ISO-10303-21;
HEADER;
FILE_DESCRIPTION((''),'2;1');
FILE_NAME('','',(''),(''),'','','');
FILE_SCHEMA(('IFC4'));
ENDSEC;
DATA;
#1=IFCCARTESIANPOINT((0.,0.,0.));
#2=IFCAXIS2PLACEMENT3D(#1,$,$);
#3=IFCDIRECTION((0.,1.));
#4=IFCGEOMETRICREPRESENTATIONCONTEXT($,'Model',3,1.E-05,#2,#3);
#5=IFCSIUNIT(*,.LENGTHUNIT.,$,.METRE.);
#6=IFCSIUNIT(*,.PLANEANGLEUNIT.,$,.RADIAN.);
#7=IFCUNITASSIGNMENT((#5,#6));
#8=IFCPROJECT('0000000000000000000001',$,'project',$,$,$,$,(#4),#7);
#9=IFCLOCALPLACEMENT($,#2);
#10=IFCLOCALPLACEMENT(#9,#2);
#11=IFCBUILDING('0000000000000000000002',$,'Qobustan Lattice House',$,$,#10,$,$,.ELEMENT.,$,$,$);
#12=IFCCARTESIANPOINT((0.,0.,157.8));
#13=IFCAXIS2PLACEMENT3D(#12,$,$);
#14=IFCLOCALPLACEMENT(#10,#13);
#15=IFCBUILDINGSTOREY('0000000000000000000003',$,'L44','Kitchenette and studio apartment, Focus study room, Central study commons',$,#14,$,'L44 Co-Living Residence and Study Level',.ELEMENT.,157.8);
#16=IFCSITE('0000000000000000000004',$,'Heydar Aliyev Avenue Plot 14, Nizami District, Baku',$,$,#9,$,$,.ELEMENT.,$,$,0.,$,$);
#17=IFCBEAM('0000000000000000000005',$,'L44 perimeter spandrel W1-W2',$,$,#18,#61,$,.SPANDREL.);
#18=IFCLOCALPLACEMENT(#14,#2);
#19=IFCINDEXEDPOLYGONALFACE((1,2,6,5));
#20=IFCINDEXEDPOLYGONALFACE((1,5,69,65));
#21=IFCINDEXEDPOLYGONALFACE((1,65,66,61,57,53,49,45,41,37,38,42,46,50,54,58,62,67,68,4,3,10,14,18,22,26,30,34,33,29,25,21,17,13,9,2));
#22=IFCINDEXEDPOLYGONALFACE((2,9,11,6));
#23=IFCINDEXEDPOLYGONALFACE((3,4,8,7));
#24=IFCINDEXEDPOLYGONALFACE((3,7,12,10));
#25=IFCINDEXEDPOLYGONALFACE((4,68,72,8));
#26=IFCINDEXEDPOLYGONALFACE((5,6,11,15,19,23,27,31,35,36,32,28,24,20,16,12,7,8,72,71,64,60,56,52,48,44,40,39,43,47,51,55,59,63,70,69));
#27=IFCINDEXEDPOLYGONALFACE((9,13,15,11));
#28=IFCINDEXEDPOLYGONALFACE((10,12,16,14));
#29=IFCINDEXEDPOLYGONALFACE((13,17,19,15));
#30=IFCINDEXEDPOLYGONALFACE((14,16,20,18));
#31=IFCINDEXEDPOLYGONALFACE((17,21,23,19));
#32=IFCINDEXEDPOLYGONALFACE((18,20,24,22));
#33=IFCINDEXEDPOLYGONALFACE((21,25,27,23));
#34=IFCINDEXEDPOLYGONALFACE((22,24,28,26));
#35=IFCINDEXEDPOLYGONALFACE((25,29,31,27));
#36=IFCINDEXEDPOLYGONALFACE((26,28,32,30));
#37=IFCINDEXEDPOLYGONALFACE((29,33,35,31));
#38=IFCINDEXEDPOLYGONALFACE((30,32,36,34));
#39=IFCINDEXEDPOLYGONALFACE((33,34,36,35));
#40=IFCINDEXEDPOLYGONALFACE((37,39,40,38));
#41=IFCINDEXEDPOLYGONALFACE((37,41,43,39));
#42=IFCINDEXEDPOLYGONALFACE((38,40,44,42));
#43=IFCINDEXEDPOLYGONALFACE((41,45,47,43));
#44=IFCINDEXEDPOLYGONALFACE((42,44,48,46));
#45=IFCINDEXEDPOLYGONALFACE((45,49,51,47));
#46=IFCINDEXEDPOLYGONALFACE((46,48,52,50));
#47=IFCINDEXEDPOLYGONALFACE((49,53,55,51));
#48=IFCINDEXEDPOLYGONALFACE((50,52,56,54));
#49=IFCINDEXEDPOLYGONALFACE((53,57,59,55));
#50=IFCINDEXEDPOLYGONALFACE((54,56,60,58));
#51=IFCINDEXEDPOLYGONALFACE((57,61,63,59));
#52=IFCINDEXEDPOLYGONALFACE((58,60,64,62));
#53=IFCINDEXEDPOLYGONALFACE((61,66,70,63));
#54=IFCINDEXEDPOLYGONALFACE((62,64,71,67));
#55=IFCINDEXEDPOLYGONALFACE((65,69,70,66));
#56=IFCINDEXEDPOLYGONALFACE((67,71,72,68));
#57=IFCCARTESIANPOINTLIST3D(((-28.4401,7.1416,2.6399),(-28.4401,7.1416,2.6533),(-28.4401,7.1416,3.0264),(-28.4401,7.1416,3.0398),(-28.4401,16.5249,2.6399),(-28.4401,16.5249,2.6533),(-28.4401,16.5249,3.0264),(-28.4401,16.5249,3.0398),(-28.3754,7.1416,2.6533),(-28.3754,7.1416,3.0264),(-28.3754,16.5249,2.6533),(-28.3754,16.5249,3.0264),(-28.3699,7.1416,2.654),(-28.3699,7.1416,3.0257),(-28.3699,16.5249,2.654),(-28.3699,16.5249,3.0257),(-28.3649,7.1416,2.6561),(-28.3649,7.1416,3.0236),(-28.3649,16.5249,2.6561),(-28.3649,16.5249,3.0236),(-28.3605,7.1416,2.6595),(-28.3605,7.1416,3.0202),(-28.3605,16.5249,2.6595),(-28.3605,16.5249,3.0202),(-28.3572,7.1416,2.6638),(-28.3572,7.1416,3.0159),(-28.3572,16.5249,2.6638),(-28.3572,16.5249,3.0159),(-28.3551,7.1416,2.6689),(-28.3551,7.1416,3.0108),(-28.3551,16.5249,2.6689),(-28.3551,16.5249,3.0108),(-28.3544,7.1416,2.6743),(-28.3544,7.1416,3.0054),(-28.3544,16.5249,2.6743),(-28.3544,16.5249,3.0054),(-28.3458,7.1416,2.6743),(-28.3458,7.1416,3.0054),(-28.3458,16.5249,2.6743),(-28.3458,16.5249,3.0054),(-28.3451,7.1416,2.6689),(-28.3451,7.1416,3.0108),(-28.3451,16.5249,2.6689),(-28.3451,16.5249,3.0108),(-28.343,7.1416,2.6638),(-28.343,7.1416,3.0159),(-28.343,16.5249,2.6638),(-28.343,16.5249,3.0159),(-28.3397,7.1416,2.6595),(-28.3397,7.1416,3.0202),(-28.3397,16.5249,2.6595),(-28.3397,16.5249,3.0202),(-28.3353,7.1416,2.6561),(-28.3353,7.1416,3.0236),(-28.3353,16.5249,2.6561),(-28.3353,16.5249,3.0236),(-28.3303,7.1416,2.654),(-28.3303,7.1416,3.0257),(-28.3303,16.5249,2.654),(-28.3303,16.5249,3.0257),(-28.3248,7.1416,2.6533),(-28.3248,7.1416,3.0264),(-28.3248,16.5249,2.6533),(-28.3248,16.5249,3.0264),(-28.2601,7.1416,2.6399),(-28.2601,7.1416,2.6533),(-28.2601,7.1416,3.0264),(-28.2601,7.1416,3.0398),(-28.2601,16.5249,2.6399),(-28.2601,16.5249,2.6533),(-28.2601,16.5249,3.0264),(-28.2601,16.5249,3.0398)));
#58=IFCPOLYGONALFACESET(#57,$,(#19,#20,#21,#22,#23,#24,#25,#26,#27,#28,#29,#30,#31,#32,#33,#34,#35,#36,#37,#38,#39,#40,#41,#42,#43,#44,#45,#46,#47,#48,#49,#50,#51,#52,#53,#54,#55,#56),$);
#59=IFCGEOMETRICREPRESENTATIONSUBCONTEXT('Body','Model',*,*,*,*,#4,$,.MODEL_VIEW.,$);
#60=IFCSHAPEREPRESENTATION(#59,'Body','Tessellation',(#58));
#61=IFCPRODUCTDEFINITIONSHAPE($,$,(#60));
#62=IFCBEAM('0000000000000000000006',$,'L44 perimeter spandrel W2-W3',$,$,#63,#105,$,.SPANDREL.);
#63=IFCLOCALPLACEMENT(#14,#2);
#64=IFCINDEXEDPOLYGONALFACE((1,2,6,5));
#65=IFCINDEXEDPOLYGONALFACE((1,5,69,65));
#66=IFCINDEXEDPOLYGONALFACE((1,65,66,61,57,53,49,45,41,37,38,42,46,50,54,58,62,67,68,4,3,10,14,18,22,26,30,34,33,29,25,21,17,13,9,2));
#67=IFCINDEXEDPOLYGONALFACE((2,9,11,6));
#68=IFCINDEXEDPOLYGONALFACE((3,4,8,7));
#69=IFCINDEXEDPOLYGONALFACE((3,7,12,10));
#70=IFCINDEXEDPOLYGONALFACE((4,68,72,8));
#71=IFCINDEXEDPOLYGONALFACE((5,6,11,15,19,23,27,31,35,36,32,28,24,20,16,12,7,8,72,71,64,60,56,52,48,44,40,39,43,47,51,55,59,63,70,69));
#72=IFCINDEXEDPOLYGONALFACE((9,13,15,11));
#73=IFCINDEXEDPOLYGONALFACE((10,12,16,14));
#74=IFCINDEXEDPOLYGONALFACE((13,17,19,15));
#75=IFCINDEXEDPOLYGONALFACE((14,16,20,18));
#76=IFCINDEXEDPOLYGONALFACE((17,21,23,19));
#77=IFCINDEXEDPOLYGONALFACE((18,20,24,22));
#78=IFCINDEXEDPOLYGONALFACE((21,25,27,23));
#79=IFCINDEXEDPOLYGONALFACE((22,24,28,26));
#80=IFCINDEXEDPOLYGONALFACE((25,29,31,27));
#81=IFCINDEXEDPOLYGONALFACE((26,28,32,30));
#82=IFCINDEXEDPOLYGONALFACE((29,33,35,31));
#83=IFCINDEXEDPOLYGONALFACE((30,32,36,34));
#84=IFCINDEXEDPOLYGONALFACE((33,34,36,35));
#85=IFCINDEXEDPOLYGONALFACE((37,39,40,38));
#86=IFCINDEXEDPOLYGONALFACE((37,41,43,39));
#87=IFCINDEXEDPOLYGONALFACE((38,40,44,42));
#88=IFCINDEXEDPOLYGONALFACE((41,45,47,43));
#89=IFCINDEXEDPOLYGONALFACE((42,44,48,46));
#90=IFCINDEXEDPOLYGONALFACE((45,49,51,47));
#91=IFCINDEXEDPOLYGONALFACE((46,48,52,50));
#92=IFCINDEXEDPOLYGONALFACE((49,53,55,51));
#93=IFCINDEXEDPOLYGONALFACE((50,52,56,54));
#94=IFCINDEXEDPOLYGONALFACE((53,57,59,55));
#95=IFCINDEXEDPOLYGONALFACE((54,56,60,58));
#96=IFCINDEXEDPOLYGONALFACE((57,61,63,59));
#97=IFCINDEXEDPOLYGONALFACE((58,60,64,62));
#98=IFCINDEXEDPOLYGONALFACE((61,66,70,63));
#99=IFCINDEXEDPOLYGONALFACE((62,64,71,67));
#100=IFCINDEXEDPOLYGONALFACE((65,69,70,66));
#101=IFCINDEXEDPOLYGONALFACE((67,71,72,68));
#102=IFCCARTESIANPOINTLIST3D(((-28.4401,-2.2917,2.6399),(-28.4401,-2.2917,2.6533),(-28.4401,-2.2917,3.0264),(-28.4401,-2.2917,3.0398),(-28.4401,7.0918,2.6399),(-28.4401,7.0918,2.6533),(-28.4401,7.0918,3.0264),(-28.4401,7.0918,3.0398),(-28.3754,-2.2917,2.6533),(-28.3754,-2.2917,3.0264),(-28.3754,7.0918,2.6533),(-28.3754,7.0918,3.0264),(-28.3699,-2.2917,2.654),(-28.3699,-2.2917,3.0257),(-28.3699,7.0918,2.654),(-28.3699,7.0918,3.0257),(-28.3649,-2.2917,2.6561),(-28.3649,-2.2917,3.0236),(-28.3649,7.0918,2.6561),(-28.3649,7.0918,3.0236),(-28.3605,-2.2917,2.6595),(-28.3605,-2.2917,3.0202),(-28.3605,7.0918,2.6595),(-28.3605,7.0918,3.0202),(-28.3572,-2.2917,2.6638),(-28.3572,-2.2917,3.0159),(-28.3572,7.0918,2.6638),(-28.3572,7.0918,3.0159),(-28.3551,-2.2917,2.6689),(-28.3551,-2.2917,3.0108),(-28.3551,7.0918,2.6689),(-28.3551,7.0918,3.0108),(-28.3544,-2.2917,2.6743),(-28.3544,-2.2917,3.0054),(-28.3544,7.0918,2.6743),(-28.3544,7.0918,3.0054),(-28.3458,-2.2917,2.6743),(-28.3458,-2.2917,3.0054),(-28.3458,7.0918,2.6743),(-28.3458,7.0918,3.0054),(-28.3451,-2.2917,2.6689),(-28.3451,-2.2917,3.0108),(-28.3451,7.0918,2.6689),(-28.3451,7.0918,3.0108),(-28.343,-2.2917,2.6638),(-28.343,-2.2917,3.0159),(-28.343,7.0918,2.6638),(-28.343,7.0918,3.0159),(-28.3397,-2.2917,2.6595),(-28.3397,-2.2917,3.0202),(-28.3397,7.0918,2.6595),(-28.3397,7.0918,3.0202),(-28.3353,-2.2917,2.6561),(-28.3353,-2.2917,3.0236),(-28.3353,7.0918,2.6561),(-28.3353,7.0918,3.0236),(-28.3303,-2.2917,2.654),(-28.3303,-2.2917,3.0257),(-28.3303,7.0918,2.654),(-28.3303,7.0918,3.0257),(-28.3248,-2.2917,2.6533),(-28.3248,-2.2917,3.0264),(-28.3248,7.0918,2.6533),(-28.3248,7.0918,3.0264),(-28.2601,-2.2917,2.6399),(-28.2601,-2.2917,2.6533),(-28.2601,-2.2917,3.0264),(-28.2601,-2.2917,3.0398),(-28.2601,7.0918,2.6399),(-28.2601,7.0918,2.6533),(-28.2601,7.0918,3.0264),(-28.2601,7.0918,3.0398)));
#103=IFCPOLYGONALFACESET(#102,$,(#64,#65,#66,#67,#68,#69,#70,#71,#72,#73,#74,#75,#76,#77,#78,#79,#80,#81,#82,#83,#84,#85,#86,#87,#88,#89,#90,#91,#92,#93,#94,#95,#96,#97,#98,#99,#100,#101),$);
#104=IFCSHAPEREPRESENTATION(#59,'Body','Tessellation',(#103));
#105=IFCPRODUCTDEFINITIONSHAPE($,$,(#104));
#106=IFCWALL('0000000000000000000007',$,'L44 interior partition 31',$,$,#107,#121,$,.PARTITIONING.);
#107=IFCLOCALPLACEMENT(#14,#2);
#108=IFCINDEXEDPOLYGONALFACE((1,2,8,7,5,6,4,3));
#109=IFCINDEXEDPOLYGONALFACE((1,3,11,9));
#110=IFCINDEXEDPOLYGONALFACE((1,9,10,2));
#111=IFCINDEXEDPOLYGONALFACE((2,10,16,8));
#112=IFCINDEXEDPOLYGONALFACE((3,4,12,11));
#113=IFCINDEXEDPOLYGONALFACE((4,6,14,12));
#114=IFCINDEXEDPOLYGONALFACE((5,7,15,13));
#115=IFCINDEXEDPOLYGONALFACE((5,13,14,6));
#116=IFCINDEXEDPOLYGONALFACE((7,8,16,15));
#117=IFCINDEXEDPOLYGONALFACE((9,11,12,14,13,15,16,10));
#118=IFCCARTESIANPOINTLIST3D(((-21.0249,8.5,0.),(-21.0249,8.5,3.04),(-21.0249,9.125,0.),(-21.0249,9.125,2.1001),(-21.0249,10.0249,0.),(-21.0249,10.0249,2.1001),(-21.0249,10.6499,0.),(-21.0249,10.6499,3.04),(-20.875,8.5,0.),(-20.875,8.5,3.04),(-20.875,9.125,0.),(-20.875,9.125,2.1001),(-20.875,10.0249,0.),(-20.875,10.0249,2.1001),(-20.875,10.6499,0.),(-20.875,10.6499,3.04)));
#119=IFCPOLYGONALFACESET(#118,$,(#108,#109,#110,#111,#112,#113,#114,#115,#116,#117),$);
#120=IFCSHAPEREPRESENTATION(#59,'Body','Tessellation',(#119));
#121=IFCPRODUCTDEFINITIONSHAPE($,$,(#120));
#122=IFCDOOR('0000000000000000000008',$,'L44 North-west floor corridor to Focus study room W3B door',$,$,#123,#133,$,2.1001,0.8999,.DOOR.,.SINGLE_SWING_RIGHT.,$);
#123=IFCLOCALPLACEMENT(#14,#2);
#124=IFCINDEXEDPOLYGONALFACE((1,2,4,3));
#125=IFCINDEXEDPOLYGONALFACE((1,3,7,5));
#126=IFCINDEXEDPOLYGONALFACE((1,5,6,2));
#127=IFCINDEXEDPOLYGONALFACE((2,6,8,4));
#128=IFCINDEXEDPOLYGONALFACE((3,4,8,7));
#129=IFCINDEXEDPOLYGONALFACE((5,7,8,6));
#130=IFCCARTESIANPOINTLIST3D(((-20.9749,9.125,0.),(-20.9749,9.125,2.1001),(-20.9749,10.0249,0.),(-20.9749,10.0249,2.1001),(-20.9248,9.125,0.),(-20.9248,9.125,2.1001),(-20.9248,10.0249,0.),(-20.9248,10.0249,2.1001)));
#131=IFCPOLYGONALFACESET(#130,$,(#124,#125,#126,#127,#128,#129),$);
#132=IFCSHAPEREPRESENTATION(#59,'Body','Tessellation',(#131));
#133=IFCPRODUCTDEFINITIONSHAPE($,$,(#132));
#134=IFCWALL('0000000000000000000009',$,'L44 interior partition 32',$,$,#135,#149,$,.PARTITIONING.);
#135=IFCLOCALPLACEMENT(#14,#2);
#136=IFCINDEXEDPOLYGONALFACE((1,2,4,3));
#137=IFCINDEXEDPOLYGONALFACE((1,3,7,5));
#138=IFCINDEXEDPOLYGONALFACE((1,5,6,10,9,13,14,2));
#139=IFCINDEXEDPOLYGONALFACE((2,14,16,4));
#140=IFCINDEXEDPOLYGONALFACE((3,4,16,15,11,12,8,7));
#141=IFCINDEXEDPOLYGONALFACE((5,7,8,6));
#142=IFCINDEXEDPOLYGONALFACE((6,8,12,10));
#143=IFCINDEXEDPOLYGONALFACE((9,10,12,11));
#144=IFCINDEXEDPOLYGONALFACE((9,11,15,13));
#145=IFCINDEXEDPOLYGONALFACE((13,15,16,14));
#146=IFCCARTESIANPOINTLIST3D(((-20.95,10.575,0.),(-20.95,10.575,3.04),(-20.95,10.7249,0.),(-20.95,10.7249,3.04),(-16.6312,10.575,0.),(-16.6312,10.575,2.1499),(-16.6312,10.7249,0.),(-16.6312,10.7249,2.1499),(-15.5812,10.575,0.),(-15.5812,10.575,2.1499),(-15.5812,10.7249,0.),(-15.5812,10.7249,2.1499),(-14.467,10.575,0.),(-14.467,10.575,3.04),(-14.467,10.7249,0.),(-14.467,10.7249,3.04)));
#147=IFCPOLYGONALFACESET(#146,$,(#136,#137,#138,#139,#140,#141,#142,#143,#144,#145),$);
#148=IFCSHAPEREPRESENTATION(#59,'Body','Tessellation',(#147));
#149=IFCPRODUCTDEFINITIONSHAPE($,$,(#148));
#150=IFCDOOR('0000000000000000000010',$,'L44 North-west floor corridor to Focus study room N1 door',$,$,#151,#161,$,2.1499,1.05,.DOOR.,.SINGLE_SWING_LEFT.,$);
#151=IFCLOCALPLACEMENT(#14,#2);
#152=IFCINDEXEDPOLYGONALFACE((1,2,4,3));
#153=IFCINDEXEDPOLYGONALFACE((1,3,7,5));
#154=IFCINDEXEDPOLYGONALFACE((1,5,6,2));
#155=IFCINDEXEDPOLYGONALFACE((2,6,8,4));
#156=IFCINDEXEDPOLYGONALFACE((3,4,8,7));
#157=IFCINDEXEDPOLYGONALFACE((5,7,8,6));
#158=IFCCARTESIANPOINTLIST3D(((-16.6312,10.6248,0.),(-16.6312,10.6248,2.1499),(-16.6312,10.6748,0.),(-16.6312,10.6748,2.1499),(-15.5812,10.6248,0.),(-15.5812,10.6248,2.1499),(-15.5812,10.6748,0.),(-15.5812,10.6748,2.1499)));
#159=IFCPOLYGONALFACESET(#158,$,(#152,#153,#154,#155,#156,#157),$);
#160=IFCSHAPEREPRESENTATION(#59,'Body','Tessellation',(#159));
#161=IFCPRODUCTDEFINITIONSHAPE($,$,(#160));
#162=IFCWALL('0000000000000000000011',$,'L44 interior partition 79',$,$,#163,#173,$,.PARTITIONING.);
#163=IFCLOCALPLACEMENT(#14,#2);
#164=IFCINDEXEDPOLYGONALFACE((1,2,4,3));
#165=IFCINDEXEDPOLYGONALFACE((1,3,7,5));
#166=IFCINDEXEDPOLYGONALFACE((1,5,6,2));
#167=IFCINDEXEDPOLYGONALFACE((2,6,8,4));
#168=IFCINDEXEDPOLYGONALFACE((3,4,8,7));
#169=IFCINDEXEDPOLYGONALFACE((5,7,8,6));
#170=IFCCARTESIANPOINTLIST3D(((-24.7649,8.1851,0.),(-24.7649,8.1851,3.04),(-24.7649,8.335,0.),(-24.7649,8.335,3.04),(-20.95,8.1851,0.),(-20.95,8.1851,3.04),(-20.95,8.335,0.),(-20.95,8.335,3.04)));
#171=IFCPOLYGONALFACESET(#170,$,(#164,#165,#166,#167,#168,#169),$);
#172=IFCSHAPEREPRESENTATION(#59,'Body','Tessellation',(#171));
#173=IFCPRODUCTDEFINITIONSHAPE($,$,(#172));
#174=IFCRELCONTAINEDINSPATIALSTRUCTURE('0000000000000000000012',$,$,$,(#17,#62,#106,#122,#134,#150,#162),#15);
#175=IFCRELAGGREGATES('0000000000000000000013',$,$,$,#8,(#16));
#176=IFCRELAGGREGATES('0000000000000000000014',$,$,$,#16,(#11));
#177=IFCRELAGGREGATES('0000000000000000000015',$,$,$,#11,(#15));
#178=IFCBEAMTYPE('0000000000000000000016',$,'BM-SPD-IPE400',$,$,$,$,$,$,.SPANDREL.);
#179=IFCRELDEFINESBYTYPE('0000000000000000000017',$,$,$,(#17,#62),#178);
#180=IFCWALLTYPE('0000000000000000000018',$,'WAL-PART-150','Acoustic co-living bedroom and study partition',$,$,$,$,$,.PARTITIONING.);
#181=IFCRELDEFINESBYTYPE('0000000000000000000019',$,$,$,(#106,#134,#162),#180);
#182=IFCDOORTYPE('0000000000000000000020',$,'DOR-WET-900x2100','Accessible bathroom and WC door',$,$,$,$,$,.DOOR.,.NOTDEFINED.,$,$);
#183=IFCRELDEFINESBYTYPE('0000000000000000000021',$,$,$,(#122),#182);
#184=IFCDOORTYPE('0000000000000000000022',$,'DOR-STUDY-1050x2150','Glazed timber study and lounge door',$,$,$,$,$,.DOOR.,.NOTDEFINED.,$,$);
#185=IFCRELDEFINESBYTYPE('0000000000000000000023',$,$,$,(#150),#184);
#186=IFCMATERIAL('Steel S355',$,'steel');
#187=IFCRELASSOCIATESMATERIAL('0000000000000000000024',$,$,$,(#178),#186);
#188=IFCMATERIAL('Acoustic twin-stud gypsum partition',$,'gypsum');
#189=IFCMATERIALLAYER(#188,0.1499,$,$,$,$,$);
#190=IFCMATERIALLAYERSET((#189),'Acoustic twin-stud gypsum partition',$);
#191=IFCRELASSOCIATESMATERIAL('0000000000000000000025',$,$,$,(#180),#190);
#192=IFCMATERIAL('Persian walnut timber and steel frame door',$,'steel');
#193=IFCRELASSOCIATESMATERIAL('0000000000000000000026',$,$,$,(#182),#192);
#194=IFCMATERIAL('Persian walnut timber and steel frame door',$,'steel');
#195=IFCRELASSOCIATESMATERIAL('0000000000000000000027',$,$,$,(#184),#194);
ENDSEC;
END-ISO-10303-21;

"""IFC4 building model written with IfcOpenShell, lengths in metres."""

from ifc_helpers import new_model, si_unit, direction, frame, frame_2d, origin, origin_2d, place, context, subcontext, project, spatial, rectangle, i_section, extrude, material, layer, layer_set, material_profile, profile_set, type_object, element, fill, save


model = new_model("IFC4")

# Units and contexts
model_context = context("Model", 3, precision=1e-05, world=origin(), true_north=direction((0.0, 1.0)))
body_context = subcontext(model_context, "Body", "Model", "MODEL_VIEW")
ifc_project = project(units=[si_unit("LENGTHUNIT", "METRE"), si_unit("PLANEANGLEUNIT", "RADIAN")], contexts=[model_context])

# Site, building, storey
site_placement = place(None, origin())
site = spatial("IfcSite", under=ifc_project, at=site_placement, Name="Heydar Aliyev Avenue Plot 14, Nizami District, Baku", CompositionType="ELEMENT", RefElevation=0.0)
building_placement = place(site_placement, origin())
building = spatial("IfcBuilding", under=site, at=building_placement, Name="Qobustan Lattice House", CompositionType="ELEMENT")
storey_placement = place(building_placement, frame((0.0, 0.0, 157.8)))
storey = spatial("IfcBuildingStorey", under=building, at=storey_placement, Name="L44", Description="Kitchenette and studio apartment, Focus study room, Central study commons", LongName="L44 Co-Living Residence and Study Level", CompositionType="ELEMENT", Elevation=157.8)

# Beams
ifc_material_1 = material(Name="Steel S355", Category="steel")
ifc_material_profile_1 = material_profile(ifc_material_1, i_section(OverallWidth=0.1799, OverallDepth=0.3999, WebThickness=0.0085, FlangeThickness=0.0134, FilletRadius=0.021, at=origin_2d()), Name="IPE400")
ifc_profile_set_1 = profile_set([ifc_material_profile_1], Name="Steel S355")
beam_type_1 = type_object("IfcBeamType", Name="BM-SPD-IPE400", PredefinedType="SPANDREL", material=ifc_profile_set_1)
beam_1_placement = place(storey_placement, frame((-28.3501, 16.5249, 2.8398), z_axis=(0.0, -1.0, 0.0), x_axis=(1.0, 0.0, 0.0)))
element("IfcBeam", 1, at=beam_1_placement, inside=storey, type_object=beam_type_1, Name="L44 perimeter spandrel W1-W2", PredefinedType="SPANDREL", context=body_context, shape_type="SweptSolid", body=[
    extrude(i_section(OverallWidth=0.1799, OverallDepth=0.3999, WebThickness=0.0085, FlangeThickness=0.0134, FilletRadius=0.021, at=origin_2d()), origin(), (0.0, 0.0, 1.0), 9.3833),
])
beam_2_placement = place(storey_placement, frame((-28.3501, 7.0918, 2.8398), z_axis=(0.0, -1.0, 0.0), x_axis=(1.0, 0.0, 0.0)))
element("IfcBeam", 2, at=beam_2_placement, inside=storey, type_object=beam_type_1, Name="L44 perimeter spandrel W2-W3", PredefinedType="SPANDREL", context=body_context, shape_type="SweptSolid", body=[
    extrude(i_section(OverallWidth=0.1799, OverallDepth=0.3999, WebThickness=0.0085, FlangeThickness=0.0134, FilletRadius=0.021, at=origin_2d()), origin(), (0.0, 0.0, 1.0), 9.3835),
])

# Walls, openings, doors
ifc_material_2 = material(Name="Acoustic twin-stud gypsum partition", Category="gypsum")
ifc_layer_1 = layer(ifc_material_2, 0.1499)
ifc_layer_set_1 = layer_set([ifc_layer_1], Name="Acoustic twin-stud gypsum partition")
wall_type_1 = type_object("IfcWallType", Name="WAL-PART-150", Description="Acoustic co-living bedroom and study partition", PredefinedType="PARTITIONING", material=ifc_layer_set_1)
wall_1_placement = place(storey_placement, frame((-20.95, 8.5, 0.0), z_axis=(0.0, 0.0, 1.0), x_axis=(0.0, 1.0, 0.0)))
wall_1 = element("IfcWall", 3, at=wall_1_placement, inside=storey, type_object=wall_type_1, Name="L44 interior partition 31", PredefinedType="PARTITIONING", context=body_context, shape_type="SweptSolid", body=[
    extrude(rectangle(XDim=2.1499, YDim=0.1499, at=frame_2d((1.075, 0.0))), origin(), (0.0, 0.0, 1.0), 3.04),
])
opening_1_placement = place(wall_1_placement, frame((0.625, 0.0, 0.0)))
opening_1 = element("IfcOpeningElement", 4, at=opening_1_placement, cuts=wall_1, PredefinedType="OPENING", context=body_context, shape_type="SweptSolid", body=[
    extrude(rectangle(XDim=0.8999, YDim=2.1001, at=frame_2d((0.45, 1.05))), frame((0.0, 0.085, 0.0), z_axis=(0.0, -1.0, 0.0), x_axis=(1.0, 0.0, 0.0)), (0.0, 0.0, 1.0), 0.1699),
])
ifc_material_3 = material(Name="Persian walnut timber and steel frame door", Category="steel")
door_type_1 = type_object("IfcDoorType", Name="DOR-WET-900x2100", Description="Accessible bathroom and WC door", OperationType="NOTDEFINED", PredefinedType="DOOR", material=ifc_material_3)
door_1_placement = place(opening_1_placement, origin())
door_1 = element("IfcDoor", 5, at=door_1_placement, inside=storey, type_object=door_type_1, Name="L44 North-west floor corridor to Focus study room W3B door", OperationType="SINGLE_SWING_RIGHT", OverallHeight=2.1001, OverallWidth=0.8999, PredefinedType="DOOR", context=body_context, shape_type="SweptSolid", body=[
    extrude(rectangle(XDim=0.8999, YDim=2.1001, at=frame_2d((0.45, 1.05))), frame((0.0, 0.0249, 0.0), z_axis=(0.0, -1.0, 0.0), x_axis=(1.0, 0.0, 0.0)), (0.0, 0.0, 1.0), 0.05),
])
fill(opening_1, door_1)
wall_2_placement = place(storey_placement, frame((-20.95, 10.6499, 0.0), z_axis=(0.0, 0.0, 1.0), x_axis=(1.0, 0.0, 0.0)))
wall_2 = element("IfcWall", 6, at=wall_2_placement, inside=storey, type_object=wall_type_1, Name="L44 interior partition 32", PredefinedType="PARTITIONING", context=body_context, shape_type="SweptSolid", body=[
    extrude(rectangle(XDim=6.4829, YDim=0.1499, at=frame_2d((3.2415, 0.0))), origin(), (0.0, 0.0, 1.0), 3.04),
])
opening_2_placement = place(wall_2_placement, frame((4.3188, 0.0, 0.0)))
opening_2 = element("IfcOpeningElement", 7, at=opening_2_placement, cuts=wall_2, PredefinedType="OPENING", context=body_context, shape_type="SweptSolid", body=[
    extrude(rectangle(XDim=1.05, YDim=2.1499, at=frame_2d((0.5249, 1.075))), frame((0.0, 0.085, 0.0), z_axis=(0.0, -1.0, 0.0), x_axis=(1.0, 0.0, 0.0)), (0.0, 0.0, 1.0), 0.1699),
])
ifc_material_4 = material(Name="Persian walnut timber and steel frame door", Category="steel")
door_type_2 = type_object("IfcDoorType", Name="DOR-STUDY-1050x2150", Description="Glazed timber study and lounge door", OperationType="NOTDEFINED", PredefinedType="DOOR", material=ifc_material_4)
door_2_placement = place(opening_2_placement, origin())
door_2 = element("IfcDoor", 8, at=door_2_placement, inside=storey, type_object=door_type_2, Name="L44 North-west floor corridor to Focus study room N1 door", OperationType="SINGLE_SWING_LEFT", OverallHeight=2.1499, OverallWidth=1.05, PredefinedType="DOOR", context=body_context, shape_type="SweptSolid", body=[
    extrude(rectangle(XDim=1.05, YDim=2.1499, at=frame_2d((0.5249, 1.075))), frame((0.0, 0.0249, 0.0), z_axis=(0.0, -1.0, 0.0), x_axis=(1.0, 0.0, 0.0)), (0.0, 0.0, 1.0), 0.05),
])
fill(opening_2, door_2)

# Wall
wall_3_placement = place(storey_placement, frame((-24.7649, 8.26, 0.0), z_axis=(0.0, 0.0, 1.0), x_axis=(1.0, 0.0, 0.0)))
element("IfcWall", 9, at=wall_3_placement, inside=storey, type_object=wall_type_1, Name="L44 interior partition 79", PredefinedType="PARTITIONING", context=body_context, shape_type="SweptSolid", body=[
    extrude(rectangle(XDim=3.8149, YDim=0.1499, at=frame_2d((1.9075, 0.0))), origin(), (0.0, 0.0, 1.0), 3.04),
])

save(model, "model.ifc")
